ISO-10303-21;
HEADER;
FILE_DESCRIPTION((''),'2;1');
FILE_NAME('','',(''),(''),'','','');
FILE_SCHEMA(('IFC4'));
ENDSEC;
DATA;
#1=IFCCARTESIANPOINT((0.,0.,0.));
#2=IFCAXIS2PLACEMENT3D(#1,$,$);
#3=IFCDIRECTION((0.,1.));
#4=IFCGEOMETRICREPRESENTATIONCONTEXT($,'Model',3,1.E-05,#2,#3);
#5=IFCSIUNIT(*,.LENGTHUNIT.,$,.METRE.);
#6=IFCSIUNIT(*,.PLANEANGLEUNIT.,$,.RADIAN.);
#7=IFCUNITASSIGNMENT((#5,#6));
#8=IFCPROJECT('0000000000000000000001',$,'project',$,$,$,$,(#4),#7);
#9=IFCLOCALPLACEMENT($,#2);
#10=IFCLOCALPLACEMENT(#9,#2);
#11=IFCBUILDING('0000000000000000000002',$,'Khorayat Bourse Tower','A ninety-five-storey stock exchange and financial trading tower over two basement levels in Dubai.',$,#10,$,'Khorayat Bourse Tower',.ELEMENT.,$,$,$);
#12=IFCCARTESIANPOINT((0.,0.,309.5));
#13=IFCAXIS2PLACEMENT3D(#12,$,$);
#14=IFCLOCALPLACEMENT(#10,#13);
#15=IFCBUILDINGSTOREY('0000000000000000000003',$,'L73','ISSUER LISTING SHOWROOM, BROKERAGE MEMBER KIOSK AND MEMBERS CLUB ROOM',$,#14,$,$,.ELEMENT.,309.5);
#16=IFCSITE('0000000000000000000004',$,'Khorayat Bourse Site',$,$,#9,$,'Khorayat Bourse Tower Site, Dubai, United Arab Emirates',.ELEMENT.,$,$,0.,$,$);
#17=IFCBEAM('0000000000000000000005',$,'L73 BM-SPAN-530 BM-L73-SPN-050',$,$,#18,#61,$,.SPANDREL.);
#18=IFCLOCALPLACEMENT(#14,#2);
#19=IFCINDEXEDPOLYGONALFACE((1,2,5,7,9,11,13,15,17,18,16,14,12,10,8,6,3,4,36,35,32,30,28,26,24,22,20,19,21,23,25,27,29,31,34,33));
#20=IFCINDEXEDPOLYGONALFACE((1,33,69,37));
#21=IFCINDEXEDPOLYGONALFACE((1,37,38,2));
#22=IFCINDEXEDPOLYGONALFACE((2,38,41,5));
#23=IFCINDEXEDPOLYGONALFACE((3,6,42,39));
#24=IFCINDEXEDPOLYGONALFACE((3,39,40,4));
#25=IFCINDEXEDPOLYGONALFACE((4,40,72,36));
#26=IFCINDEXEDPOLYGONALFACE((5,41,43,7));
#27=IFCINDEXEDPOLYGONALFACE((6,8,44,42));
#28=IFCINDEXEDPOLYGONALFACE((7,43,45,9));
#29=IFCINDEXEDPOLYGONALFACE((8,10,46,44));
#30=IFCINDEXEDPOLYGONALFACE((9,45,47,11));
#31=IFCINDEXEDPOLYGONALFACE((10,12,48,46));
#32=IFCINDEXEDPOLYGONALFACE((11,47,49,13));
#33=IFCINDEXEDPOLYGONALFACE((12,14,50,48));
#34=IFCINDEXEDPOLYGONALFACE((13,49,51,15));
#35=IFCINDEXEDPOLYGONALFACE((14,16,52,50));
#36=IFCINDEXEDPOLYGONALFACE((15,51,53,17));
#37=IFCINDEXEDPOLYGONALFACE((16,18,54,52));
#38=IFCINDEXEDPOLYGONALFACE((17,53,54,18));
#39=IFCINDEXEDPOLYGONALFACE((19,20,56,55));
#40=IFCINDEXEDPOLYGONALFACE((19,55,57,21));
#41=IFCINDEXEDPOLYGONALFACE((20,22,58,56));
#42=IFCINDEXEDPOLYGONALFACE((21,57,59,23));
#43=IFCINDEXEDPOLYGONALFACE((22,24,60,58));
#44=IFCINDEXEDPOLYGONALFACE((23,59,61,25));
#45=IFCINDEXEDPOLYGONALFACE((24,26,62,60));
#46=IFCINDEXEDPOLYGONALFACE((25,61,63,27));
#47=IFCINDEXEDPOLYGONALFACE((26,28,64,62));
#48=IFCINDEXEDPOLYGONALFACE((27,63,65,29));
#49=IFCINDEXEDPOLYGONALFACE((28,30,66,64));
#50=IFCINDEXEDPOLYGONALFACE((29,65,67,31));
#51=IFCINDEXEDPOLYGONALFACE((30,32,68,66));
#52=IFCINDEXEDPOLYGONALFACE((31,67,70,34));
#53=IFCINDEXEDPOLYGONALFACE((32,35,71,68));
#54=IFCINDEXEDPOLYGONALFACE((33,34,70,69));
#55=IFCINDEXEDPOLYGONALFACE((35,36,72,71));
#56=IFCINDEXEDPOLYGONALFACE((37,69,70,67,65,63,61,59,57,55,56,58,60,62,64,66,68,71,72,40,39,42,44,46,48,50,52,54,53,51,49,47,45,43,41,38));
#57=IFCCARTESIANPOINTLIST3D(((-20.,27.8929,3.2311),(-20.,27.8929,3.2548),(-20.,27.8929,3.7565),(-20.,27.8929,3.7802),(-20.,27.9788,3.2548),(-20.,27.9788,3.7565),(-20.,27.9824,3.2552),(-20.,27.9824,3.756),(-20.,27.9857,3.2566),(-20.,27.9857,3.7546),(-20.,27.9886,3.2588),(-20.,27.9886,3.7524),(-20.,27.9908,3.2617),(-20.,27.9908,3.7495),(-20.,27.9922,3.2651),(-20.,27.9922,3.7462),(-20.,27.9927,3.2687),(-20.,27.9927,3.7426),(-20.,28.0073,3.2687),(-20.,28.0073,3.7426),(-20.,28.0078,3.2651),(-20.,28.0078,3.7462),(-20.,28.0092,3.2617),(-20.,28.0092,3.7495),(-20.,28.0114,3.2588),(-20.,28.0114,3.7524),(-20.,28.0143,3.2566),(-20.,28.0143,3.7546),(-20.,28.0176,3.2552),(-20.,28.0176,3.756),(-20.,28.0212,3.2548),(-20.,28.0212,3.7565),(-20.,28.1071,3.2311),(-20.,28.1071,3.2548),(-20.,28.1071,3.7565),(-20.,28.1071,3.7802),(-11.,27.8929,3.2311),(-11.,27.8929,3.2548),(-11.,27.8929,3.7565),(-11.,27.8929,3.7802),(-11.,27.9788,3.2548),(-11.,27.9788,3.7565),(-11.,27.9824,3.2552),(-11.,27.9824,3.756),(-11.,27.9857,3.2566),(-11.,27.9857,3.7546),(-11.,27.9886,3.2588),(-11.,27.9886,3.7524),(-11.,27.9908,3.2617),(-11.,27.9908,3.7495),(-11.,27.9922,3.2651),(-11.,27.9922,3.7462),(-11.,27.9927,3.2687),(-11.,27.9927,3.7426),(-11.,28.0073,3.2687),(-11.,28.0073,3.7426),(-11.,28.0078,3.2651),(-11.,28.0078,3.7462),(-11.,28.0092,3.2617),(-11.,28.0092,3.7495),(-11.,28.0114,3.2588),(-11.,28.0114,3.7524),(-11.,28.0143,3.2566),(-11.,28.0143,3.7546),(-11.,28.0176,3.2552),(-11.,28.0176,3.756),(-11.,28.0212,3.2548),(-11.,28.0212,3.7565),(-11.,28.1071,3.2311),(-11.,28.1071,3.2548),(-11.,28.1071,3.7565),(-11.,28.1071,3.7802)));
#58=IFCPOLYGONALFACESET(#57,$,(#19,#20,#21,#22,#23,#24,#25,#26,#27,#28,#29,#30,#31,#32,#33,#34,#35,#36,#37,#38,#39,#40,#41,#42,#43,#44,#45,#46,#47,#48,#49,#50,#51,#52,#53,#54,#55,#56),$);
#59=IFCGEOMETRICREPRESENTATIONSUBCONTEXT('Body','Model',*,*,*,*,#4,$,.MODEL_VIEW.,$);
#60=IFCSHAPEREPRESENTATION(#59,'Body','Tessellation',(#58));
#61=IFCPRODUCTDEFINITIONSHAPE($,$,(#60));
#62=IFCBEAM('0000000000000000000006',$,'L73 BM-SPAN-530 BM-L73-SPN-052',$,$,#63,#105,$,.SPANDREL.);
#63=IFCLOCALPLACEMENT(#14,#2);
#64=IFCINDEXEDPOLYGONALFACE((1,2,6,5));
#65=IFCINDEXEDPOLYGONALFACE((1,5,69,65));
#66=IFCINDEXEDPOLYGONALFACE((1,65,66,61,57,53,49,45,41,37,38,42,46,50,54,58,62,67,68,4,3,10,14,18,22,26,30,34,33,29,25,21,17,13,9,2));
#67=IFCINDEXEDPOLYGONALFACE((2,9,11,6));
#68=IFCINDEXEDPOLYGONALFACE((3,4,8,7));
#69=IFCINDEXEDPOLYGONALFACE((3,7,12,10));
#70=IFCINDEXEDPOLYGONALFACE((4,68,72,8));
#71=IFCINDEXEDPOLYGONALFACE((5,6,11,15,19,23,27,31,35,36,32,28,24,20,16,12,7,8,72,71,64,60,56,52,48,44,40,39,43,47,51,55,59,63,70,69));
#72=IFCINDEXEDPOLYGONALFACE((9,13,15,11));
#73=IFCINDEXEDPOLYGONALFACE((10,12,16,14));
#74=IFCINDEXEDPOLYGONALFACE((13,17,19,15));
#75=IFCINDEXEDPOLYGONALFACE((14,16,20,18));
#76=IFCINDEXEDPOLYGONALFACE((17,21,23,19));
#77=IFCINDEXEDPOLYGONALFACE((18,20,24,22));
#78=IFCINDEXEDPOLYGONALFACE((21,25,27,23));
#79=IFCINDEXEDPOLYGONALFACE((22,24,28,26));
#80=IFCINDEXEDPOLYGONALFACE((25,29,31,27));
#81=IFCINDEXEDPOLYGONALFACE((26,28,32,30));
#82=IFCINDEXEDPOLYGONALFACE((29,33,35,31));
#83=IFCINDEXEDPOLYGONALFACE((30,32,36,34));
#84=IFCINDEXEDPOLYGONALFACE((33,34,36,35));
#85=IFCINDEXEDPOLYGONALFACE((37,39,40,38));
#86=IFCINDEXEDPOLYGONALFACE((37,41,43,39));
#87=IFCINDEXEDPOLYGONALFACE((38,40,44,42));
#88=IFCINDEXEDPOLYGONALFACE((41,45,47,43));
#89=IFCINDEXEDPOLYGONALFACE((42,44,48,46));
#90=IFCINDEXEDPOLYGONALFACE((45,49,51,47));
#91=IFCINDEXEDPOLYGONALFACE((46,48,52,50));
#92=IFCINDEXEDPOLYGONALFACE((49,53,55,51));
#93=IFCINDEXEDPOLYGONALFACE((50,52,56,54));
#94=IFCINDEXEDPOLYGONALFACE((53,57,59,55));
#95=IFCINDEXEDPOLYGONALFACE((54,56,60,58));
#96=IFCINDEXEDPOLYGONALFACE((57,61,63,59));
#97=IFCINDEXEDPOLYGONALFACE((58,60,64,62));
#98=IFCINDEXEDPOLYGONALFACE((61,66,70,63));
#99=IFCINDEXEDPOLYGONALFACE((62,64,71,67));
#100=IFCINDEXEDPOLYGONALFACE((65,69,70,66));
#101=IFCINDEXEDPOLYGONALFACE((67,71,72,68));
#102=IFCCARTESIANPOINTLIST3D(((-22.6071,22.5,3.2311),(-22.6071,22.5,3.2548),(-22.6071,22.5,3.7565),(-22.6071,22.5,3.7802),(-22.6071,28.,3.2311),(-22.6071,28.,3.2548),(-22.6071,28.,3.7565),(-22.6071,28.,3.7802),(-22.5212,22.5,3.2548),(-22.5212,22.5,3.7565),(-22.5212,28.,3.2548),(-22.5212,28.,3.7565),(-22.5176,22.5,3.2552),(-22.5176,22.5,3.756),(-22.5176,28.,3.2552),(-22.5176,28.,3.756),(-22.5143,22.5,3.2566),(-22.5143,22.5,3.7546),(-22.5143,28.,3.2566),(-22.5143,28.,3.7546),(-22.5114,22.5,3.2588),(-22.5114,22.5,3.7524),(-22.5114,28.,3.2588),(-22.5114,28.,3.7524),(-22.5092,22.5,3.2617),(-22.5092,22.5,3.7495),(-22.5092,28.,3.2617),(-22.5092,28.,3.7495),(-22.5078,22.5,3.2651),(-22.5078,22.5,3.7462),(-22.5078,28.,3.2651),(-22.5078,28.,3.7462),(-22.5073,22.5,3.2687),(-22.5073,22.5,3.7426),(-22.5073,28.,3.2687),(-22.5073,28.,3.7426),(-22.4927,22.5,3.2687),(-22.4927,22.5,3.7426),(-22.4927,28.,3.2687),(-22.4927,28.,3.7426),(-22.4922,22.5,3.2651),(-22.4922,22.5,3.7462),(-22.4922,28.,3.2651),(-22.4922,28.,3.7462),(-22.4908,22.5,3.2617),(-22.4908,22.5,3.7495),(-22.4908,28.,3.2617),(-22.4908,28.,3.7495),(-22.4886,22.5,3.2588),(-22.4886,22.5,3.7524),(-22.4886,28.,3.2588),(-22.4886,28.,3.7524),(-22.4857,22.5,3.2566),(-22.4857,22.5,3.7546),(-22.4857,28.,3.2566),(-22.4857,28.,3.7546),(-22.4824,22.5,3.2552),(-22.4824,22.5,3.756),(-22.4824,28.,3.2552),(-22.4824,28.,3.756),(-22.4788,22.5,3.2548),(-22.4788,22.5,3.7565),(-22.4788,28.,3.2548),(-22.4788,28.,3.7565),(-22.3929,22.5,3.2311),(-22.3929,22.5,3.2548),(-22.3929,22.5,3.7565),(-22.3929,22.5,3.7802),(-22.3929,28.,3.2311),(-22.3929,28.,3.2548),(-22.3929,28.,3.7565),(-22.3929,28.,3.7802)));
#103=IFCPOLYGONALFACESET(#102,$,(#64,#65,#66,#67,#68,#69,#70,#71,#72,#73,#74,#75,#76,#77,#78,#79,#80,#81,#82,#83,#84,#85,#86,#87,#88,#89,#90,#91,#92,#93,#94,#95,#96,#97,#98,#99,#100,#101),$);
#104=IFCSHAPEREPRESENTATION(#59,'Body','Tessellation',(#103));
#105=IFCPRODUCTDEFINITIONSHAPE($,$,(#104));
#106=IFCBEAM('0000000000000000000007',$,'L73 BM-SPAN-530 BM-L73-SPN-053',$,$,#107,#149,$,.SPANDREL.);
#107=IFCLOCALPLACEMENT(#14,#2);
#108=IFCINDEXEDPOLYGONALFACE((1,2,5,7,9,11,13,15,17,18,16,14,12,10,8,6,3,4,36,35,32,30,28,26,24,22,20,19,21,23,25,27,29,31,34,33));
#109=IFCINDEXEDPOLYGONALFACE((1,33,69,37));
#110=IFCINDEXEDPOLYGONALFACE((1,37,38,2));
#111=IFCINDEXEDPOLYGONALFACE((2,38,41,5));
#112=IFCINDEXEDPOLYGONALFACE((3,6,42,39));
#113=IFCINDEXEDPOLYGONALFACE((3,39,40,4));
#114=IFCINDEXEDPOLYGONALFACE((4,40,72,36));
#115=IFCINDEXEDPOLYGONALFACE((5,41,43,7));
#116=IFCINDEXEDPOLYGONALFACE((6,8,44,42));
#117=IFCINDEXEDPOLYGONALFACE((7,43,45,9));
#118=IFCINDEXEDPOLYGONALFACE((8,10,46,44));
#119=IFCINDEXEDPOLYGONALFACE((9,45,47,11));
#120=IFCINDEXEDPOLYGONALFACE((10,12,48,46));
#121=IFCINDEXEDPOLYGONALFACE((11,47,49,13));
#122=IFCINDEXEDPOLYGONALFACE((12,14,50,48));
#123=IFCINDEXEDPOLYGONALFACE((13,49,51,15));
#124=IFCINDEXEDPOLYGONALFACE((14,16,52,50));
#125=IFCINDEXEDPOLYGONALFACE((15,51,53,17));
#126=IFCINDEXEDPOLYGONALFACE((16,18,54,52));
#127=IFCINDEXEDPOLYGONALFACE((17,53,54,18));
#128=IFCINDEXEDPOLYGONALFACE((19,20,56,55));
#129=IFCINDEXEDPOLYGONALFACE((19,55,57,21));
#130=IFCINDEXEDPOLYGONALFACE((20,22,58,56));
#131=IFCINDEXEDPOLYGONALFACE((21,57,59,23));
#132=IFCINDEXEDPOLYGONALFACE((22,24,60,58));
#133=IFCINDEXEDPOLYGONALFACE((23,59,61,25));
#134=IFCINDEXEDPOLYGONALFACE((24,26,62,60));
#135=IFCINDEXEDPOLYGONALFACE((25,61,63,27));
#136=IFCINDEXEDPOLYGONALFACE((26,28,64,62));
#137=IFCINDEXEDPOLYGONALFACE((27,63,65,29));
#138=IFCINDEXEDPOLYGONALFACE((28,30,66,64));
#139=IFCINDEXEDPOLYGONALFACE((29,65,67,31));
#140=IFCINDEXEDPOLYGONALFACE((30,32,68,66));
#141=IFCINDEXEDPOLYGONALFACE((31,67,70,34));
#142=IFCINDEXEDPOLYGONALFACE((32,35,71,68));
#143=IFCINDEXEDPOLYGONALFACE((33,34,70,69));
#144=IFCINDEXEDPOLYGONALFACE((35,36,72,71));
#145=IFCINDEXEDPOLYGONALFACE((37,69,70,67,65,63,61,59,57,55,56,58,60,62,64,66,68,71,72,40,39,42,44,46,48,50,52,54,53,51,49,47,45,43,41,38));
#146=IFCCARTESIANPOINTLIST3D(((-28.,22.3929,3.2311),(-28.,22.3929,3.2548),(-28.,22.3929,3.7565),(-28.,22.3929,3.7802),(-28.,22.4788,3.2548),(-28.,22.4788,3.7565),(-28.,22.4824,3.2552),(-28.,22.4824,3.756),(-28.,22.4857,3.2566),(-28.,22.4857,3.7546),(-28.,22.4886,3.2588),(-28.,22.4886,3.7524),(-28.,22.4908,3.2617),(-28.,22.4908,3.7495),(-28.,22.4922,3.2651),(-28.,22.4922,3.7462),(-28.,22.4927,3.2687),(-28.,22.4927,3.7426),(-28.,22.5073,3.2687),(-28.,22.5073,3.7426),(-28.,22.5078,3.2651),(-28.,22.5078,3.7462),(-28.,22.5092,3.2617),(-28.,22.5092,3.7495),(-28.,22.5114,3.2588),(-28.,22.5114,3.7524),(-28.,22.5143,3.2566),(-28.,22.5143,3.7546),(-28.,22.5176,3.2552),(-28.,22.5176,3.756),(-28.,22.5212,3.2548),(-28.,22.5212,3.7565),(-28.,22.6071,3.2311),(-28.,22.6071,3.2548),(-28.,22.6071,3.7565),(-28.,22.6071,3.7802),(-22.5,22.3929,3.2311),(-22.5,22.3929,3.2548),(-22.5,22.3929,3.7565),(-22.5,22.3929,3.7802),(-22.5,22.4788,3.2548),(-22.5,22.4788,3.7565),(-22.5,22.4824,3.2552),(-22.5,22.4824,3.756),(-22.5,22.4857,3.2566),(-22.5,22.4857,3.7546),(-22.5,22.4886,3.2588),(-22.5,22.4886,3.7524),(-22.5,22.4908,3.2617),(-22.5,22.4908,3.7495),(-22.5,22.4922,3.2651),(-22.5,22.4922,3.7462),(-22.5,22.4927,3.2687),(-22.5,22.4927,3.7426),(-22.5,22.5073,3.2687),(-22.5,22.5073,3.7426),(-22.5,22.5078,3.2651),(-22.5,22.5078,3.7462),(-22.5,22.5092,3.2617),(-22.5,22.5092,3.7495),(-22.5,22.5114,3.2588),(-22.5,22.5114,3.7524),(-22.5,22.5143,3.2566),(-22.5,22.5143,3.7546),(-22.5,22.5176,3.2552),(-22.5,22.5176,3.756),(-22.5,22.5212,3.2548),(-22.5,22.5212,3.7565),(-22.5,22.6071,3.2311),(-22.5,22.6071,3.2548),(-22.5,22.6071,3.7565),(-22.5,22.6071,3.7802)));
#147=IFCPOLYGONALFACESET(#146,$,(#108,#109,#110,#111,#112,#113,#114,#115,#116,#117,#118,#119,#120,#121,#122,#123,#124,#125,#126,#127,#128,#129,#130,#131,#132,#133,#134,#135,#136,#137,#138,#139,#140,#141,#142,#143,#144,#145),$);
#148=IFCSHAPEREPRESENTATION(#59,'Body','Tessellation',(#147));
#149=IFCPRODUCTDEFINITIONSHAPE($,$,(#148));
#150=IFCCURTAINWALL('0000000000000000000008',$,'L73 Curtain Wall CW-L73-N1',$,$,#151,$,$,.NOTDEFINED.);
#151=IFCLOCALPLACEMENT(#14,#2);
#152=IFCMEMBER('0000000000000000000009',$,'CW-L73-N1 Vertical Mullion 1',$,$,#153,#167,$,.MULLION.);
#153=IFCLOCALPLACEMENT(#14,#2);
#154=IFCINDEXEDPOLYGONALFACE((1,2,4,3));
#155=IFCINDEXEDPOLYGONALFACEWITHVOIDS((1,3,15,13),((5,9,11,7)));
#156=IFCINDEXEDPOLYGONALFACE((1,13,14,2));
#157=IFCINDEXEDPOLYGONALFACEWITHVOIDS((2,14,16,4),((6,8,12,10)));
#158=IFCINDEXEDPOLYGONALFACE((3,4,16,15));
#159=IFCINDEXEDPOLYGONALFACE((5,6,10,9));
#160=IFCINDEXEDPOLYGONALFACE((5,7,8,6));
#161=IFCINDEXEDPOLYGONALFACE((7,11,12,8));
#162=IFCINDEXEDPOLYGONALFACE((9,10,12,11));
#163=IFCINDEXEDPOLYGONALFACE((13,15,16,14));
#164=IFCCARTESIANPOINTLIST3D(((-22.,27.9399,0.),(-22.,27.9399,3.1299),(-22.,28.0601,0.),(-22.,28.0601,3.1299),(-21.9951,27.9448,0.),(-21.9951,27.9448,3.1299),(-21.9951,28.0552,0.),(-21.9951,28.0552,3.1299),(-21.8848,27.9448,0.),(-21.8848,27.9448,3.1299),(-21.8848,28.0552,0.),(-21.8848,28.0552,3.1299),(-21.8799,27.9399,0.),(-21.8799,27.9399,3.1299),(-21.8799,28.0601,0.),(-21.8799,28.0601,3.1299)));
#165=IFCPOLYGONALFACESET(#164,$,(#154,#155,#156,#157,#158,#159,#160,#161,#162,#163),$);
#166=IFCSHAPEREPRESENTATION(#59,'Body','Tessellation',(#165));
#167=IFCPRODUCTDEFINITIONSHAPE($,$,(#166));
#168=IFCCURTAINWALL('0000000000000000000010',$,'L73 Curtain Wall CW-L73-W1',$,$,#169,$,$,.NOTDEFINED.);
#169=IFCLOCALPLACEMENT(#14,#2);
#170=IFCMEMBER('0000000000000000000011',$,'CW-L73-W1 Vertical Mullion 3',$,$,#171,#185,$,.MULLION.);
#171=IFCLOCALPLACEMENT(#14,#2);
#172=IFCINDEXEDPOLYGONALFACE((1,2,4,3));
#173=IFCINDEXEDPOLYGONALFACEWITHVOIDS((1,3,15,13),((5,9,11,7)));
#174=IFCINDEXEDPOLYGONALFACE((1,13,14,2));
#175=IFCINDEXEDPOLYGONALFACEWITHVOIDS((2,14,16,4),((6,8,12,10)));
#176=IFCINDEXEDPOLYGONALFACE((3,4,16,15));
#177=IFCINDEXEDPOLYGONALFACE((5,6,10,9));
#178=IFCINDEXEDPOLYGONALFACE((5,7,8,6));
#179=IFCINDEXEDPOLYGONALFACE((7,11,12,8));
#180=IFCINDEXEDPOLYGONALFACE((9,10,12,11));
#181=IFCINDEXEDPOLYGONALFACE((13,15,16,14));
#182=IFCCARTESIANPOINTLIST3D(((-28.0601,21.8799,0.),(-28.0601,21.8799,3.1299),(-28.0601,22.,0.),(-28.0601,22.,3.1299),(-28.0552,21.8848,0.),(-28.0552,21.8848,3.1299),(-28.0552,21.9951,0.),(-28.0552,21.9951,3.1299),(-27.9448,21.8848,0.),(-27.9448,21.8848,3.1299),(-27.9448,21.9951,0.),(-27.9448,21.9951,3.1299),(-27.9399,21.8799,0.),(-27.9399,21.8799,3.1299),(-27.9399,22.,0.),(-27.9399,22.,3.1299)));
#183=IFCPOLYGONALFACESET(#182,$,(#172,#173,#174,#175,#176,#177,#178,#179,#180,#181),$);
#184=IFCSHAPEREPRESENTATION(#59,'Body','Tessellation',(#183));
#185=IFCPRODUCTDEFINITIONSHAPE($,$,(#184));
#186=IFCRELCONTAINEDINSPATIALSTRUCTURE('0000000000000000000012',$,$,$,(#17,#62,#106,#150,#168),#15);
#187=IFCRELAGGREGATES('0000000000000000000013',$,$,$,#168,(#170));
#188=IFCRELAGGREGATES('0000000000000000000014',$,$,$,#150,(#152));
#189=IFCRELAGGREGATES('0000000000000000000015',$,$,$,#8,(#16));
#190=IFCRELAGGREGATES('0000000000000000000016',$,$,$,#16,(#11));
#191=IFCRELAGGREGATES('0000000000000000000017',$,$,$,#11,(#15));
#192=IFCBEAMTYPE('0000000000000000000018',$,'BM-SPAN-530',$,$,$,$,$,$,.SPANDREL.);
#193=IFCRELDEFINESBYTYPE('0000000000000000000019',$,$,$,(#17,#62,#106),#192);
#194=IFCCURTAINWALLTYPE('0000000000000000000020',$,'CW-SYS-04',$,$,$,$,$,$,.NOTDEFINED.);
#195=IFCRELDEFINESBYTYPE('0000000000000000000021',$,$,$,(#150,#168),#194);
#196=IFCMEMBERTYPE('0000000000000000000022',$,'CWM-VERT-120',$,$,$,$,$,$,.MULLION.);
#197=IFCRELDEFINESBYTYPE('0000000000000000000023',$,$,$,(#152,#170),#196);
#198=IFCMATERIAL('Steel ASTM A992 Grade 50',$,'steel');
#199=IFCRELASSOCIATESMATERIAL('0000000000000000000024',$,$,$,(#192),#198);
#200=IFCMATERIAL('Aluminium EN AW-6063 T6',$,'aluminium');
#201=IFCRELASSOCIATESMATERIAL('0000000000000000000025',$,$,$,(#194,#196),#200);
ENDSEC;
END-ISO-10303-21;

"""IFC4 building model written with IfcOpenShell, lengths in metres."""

from ifc_helpers import new_model, si_unit, direction, frame, origin, origin_2d, place, context, subcontext, project, spatial, hollow_rectangle, i_section, extrude, source, transform, mapped, material, material_profile, profile_set, type_object, element, aggregate, save


model = new_model("IFC4")

# Units and contexts
model_context = context("Model", 3, precision=1e-05, world=origin(), true_north=direction((0.0, 1.0)))
body_context = subcontext(model_context, "Body", "Model", "MODEL_VIEW")
ifc_project = project(units=[si_unit("LENGTHUNIT", "METRE"), si_unit("PLANEANGLEUNIT", "RADIAN")], contexts=[model_context])

# Site, building, storey
site_placement = place(None, origin())
site = spatial("IfcSite", under=ifc_project, at=site_placement, Name="Khorayat Bourse Site", LongName="Khorayat Bourse Tower Site, Dubai, United Arab Emirates", CompositionType="ELEMENT", RefElevation=0.0)
building_placement = place(site_placement, origin())
building = spatial("IfcBuilding", under=site, at=building_placement, Name="Khorayat Bourse Tower", Description="A ninety-five-storey stock exchange and financial trading tower over two basement levels in Dubai.", LongName="Khorayat Bourse Tower", CompositionType="ELEMENT")
storey_placement = place(building_placement, frame((0.0, 0.0, 309.5)))
storey = spatial("IfcBuildingStorey", under=building, at=storey_placement, Name="L73", Description="ISSUER LISTING SHOWROOM, BROKERAGE MEMBER KIOSK AND MEMBERS CLUB ROOM", CompositionType="ELEMENT", Elevation=309.5)

# Beams
ifc_material_1 = material(Name="Steel ASTM A992 Grade 50", Category="steel")
ifc_material_profile_1 = material_profile(ifc_material_1, i_section(OverallWidth=0.2141, OverallDepth=0.5491, WebThickness=0.0146, FlangeThickness=0.0237, FilletRadius=0.0139, at=origin_2d()), Name="W530X138")
ifc_profile_set_1 = profile_set([ifc_material_profile_1], Name="Steel ASTM A992 Grade 50")
beam_type_1 = type_object("IfcBeamType", Name="BM-SPAN-530", PredefinedType="SPANDREL", material=ifc_profile_set_1)
shared_shape_1 = source(origin(), body_context, "Body", "SweptSolid", [
    extrude(i_section(OverallWidth=0.2141, OverallDepth=0.5491, WebThickness=0.0146, FlangeThickness=0.0237, FilletRadius=0.0139, at=origin_2d()), origin(), (0.0, 0.0, 1.0), 9.0),
])
beam_1_placement = place(storey_placement, frame((-20.0, 28.0, 3.5056), z_axis=(1.0, 0.0, 0.0), x_axis=(0.0, 1.0, 0.0)))
element("IfcBeam", 1, at=beam_1_placement, inside=storey, type_object=beam_type_1, Name="L73 BM-SPAN-530 BM-L73-SPN-050", PredefinedType="SPANDREL", context=body_context, shape_type="MappedRepresentation", body=[
    mapped(shared_shape_1, transform((0.0, 0.0, 0.0), scale=1.0)),
])
shared_shape_2 = source(origin(), body_context, "Body", "SweptSolid", [
    extrude(i_section(OverallWidth=0.2141, OverallDepth=0.5491, WebThickness=0.0146, FlangeThickness=0.0237, FilletRadius=0.0139, at=origin_2d()), origin(), (0.0, 0.0, 1.0), 5.5),
])
for number, where, z_axis, x_axis, name in (
    (2, (-22.5, 22.5, 3.5056), (0.0, 1.0, 0.0), (-1.0, 0.0, 0.0), "L73 BM-SPAN-530 BM-L73-SPN-052"),
    (3, (-28.0, 22.5, 3.5056), (1.0, 0.0, 0.0), (0.0, 1.0, 0.0), "L73 BM-SPAN-530 BM-L73-SPN-053"),
):
    element("IfcBeam", number, at=place(storey_placement, frame(where, z_axis=z_axis, x_axis=x_axis)), inside=storey, type_object=beam_type_1, Name=name, PredefinedType="SPANDREL", context=body_context, shape_type="MappedRepresentation", body=[
        mapped(shared_shape_2, transform((0.0, 0.0, 0.0), scale=1.0)),
    ])

# Curtain wall, member
ifc_material_2 = material(Name="Aluminium EN AW-6063 T6", Category="aluminium")
curtain_wall_type = type_object("IfcCurtainWallType", Name="CW-SYS-04", PredefinedType="NOTDEFINED", material=ifc_material_2)
curtain_wall_1_placement = place(storey_placement, origin())
curtain_wall_1 = element("IfcCurtainWall", 4, at=curtain_wall_1_placement, inside=storey, type_object=curtain_wall_type, Name="L73 Curtain Wall CW-L73-N1", PredefinedType="NOTDEFINED")
ifc_material_profile_2 = material_profile(ifc_material_2, hollow_rectangle(XDim=0.1201, YDim=0.1201, WallThickness=0.0049, at=origin_2d()), Name="ALU 120x120x5")
ifc_profile_set_2 = profile_set([ifc_material_profile_2], Name="Aluminium EN AW-6063 T6")
member_type_1 = type_object("IfcMemberType", Name="CWM-VERT-120", PredefinedType="MULLION", material=ifc_profile_set_2)
shared_shape_3 = source(origin(), body_context, "Body", "SweptSolid", [
    extrude(hollow_rectangle(XDim=0.1201, YDim=0.1201, WallThickness=0.0049, at=origin_2d()), origin(), (0.0, 0.0, 1.0), 3.1299),
])
member_1_placement = place(storey_placement, frame((-21.9399, 28.0, 0.0), z_axis=(0.0, 0.0, 1.0), x_axis=(0.0, 1.0, 0.0)))
member_1 = element("IfcMember", 5, at=member_1_placement, type_object=member_type_1, Name="CW-L73-N1 Vertical Mullion 1", PredefinedType="MULLION", context=body_context, shape_type="MappedRepresentation", body=[
    mapped(shared_shape_3, transform((0.0, 0.0, 0.0), scale=1.0)),
])

# Curtain wall, member
curtain_wall_2_placement = place(storey_placement, origin())
curtain_wall_2 = element("IfcCurtainWall", 6, at=curtain_wall_2_placement, inside=storey, type_object=curtain_wall_type, Name="L73 Curtain Wall CW-L73-W1", PredefinedType="NOTDEFINED")
member_2_placement = place(storey_placement, frame((-28.0, 21.9399, 0.0), z_axis=(0.0, 0.0, 1.0), x_axis=(-1.0, 0.0, 0.0)))
member_2 = element("IfcMember", 7, at=member_2_placement, type_object=member_type_1, Name="CW-L73-W1 Vertical Mullion 3", PredefinedType="MULLION", context=body_context, shape_type="MappedRepresentation", body=[
    mapped(shared_shape_3, transform((0.0, 0.0, 0.0), scale=1.0)),
])
aggregate(curtain_wall_2, [member_2])

aggregate(curtain_wall_1, [member_1])

save(model, "model.ifc")
